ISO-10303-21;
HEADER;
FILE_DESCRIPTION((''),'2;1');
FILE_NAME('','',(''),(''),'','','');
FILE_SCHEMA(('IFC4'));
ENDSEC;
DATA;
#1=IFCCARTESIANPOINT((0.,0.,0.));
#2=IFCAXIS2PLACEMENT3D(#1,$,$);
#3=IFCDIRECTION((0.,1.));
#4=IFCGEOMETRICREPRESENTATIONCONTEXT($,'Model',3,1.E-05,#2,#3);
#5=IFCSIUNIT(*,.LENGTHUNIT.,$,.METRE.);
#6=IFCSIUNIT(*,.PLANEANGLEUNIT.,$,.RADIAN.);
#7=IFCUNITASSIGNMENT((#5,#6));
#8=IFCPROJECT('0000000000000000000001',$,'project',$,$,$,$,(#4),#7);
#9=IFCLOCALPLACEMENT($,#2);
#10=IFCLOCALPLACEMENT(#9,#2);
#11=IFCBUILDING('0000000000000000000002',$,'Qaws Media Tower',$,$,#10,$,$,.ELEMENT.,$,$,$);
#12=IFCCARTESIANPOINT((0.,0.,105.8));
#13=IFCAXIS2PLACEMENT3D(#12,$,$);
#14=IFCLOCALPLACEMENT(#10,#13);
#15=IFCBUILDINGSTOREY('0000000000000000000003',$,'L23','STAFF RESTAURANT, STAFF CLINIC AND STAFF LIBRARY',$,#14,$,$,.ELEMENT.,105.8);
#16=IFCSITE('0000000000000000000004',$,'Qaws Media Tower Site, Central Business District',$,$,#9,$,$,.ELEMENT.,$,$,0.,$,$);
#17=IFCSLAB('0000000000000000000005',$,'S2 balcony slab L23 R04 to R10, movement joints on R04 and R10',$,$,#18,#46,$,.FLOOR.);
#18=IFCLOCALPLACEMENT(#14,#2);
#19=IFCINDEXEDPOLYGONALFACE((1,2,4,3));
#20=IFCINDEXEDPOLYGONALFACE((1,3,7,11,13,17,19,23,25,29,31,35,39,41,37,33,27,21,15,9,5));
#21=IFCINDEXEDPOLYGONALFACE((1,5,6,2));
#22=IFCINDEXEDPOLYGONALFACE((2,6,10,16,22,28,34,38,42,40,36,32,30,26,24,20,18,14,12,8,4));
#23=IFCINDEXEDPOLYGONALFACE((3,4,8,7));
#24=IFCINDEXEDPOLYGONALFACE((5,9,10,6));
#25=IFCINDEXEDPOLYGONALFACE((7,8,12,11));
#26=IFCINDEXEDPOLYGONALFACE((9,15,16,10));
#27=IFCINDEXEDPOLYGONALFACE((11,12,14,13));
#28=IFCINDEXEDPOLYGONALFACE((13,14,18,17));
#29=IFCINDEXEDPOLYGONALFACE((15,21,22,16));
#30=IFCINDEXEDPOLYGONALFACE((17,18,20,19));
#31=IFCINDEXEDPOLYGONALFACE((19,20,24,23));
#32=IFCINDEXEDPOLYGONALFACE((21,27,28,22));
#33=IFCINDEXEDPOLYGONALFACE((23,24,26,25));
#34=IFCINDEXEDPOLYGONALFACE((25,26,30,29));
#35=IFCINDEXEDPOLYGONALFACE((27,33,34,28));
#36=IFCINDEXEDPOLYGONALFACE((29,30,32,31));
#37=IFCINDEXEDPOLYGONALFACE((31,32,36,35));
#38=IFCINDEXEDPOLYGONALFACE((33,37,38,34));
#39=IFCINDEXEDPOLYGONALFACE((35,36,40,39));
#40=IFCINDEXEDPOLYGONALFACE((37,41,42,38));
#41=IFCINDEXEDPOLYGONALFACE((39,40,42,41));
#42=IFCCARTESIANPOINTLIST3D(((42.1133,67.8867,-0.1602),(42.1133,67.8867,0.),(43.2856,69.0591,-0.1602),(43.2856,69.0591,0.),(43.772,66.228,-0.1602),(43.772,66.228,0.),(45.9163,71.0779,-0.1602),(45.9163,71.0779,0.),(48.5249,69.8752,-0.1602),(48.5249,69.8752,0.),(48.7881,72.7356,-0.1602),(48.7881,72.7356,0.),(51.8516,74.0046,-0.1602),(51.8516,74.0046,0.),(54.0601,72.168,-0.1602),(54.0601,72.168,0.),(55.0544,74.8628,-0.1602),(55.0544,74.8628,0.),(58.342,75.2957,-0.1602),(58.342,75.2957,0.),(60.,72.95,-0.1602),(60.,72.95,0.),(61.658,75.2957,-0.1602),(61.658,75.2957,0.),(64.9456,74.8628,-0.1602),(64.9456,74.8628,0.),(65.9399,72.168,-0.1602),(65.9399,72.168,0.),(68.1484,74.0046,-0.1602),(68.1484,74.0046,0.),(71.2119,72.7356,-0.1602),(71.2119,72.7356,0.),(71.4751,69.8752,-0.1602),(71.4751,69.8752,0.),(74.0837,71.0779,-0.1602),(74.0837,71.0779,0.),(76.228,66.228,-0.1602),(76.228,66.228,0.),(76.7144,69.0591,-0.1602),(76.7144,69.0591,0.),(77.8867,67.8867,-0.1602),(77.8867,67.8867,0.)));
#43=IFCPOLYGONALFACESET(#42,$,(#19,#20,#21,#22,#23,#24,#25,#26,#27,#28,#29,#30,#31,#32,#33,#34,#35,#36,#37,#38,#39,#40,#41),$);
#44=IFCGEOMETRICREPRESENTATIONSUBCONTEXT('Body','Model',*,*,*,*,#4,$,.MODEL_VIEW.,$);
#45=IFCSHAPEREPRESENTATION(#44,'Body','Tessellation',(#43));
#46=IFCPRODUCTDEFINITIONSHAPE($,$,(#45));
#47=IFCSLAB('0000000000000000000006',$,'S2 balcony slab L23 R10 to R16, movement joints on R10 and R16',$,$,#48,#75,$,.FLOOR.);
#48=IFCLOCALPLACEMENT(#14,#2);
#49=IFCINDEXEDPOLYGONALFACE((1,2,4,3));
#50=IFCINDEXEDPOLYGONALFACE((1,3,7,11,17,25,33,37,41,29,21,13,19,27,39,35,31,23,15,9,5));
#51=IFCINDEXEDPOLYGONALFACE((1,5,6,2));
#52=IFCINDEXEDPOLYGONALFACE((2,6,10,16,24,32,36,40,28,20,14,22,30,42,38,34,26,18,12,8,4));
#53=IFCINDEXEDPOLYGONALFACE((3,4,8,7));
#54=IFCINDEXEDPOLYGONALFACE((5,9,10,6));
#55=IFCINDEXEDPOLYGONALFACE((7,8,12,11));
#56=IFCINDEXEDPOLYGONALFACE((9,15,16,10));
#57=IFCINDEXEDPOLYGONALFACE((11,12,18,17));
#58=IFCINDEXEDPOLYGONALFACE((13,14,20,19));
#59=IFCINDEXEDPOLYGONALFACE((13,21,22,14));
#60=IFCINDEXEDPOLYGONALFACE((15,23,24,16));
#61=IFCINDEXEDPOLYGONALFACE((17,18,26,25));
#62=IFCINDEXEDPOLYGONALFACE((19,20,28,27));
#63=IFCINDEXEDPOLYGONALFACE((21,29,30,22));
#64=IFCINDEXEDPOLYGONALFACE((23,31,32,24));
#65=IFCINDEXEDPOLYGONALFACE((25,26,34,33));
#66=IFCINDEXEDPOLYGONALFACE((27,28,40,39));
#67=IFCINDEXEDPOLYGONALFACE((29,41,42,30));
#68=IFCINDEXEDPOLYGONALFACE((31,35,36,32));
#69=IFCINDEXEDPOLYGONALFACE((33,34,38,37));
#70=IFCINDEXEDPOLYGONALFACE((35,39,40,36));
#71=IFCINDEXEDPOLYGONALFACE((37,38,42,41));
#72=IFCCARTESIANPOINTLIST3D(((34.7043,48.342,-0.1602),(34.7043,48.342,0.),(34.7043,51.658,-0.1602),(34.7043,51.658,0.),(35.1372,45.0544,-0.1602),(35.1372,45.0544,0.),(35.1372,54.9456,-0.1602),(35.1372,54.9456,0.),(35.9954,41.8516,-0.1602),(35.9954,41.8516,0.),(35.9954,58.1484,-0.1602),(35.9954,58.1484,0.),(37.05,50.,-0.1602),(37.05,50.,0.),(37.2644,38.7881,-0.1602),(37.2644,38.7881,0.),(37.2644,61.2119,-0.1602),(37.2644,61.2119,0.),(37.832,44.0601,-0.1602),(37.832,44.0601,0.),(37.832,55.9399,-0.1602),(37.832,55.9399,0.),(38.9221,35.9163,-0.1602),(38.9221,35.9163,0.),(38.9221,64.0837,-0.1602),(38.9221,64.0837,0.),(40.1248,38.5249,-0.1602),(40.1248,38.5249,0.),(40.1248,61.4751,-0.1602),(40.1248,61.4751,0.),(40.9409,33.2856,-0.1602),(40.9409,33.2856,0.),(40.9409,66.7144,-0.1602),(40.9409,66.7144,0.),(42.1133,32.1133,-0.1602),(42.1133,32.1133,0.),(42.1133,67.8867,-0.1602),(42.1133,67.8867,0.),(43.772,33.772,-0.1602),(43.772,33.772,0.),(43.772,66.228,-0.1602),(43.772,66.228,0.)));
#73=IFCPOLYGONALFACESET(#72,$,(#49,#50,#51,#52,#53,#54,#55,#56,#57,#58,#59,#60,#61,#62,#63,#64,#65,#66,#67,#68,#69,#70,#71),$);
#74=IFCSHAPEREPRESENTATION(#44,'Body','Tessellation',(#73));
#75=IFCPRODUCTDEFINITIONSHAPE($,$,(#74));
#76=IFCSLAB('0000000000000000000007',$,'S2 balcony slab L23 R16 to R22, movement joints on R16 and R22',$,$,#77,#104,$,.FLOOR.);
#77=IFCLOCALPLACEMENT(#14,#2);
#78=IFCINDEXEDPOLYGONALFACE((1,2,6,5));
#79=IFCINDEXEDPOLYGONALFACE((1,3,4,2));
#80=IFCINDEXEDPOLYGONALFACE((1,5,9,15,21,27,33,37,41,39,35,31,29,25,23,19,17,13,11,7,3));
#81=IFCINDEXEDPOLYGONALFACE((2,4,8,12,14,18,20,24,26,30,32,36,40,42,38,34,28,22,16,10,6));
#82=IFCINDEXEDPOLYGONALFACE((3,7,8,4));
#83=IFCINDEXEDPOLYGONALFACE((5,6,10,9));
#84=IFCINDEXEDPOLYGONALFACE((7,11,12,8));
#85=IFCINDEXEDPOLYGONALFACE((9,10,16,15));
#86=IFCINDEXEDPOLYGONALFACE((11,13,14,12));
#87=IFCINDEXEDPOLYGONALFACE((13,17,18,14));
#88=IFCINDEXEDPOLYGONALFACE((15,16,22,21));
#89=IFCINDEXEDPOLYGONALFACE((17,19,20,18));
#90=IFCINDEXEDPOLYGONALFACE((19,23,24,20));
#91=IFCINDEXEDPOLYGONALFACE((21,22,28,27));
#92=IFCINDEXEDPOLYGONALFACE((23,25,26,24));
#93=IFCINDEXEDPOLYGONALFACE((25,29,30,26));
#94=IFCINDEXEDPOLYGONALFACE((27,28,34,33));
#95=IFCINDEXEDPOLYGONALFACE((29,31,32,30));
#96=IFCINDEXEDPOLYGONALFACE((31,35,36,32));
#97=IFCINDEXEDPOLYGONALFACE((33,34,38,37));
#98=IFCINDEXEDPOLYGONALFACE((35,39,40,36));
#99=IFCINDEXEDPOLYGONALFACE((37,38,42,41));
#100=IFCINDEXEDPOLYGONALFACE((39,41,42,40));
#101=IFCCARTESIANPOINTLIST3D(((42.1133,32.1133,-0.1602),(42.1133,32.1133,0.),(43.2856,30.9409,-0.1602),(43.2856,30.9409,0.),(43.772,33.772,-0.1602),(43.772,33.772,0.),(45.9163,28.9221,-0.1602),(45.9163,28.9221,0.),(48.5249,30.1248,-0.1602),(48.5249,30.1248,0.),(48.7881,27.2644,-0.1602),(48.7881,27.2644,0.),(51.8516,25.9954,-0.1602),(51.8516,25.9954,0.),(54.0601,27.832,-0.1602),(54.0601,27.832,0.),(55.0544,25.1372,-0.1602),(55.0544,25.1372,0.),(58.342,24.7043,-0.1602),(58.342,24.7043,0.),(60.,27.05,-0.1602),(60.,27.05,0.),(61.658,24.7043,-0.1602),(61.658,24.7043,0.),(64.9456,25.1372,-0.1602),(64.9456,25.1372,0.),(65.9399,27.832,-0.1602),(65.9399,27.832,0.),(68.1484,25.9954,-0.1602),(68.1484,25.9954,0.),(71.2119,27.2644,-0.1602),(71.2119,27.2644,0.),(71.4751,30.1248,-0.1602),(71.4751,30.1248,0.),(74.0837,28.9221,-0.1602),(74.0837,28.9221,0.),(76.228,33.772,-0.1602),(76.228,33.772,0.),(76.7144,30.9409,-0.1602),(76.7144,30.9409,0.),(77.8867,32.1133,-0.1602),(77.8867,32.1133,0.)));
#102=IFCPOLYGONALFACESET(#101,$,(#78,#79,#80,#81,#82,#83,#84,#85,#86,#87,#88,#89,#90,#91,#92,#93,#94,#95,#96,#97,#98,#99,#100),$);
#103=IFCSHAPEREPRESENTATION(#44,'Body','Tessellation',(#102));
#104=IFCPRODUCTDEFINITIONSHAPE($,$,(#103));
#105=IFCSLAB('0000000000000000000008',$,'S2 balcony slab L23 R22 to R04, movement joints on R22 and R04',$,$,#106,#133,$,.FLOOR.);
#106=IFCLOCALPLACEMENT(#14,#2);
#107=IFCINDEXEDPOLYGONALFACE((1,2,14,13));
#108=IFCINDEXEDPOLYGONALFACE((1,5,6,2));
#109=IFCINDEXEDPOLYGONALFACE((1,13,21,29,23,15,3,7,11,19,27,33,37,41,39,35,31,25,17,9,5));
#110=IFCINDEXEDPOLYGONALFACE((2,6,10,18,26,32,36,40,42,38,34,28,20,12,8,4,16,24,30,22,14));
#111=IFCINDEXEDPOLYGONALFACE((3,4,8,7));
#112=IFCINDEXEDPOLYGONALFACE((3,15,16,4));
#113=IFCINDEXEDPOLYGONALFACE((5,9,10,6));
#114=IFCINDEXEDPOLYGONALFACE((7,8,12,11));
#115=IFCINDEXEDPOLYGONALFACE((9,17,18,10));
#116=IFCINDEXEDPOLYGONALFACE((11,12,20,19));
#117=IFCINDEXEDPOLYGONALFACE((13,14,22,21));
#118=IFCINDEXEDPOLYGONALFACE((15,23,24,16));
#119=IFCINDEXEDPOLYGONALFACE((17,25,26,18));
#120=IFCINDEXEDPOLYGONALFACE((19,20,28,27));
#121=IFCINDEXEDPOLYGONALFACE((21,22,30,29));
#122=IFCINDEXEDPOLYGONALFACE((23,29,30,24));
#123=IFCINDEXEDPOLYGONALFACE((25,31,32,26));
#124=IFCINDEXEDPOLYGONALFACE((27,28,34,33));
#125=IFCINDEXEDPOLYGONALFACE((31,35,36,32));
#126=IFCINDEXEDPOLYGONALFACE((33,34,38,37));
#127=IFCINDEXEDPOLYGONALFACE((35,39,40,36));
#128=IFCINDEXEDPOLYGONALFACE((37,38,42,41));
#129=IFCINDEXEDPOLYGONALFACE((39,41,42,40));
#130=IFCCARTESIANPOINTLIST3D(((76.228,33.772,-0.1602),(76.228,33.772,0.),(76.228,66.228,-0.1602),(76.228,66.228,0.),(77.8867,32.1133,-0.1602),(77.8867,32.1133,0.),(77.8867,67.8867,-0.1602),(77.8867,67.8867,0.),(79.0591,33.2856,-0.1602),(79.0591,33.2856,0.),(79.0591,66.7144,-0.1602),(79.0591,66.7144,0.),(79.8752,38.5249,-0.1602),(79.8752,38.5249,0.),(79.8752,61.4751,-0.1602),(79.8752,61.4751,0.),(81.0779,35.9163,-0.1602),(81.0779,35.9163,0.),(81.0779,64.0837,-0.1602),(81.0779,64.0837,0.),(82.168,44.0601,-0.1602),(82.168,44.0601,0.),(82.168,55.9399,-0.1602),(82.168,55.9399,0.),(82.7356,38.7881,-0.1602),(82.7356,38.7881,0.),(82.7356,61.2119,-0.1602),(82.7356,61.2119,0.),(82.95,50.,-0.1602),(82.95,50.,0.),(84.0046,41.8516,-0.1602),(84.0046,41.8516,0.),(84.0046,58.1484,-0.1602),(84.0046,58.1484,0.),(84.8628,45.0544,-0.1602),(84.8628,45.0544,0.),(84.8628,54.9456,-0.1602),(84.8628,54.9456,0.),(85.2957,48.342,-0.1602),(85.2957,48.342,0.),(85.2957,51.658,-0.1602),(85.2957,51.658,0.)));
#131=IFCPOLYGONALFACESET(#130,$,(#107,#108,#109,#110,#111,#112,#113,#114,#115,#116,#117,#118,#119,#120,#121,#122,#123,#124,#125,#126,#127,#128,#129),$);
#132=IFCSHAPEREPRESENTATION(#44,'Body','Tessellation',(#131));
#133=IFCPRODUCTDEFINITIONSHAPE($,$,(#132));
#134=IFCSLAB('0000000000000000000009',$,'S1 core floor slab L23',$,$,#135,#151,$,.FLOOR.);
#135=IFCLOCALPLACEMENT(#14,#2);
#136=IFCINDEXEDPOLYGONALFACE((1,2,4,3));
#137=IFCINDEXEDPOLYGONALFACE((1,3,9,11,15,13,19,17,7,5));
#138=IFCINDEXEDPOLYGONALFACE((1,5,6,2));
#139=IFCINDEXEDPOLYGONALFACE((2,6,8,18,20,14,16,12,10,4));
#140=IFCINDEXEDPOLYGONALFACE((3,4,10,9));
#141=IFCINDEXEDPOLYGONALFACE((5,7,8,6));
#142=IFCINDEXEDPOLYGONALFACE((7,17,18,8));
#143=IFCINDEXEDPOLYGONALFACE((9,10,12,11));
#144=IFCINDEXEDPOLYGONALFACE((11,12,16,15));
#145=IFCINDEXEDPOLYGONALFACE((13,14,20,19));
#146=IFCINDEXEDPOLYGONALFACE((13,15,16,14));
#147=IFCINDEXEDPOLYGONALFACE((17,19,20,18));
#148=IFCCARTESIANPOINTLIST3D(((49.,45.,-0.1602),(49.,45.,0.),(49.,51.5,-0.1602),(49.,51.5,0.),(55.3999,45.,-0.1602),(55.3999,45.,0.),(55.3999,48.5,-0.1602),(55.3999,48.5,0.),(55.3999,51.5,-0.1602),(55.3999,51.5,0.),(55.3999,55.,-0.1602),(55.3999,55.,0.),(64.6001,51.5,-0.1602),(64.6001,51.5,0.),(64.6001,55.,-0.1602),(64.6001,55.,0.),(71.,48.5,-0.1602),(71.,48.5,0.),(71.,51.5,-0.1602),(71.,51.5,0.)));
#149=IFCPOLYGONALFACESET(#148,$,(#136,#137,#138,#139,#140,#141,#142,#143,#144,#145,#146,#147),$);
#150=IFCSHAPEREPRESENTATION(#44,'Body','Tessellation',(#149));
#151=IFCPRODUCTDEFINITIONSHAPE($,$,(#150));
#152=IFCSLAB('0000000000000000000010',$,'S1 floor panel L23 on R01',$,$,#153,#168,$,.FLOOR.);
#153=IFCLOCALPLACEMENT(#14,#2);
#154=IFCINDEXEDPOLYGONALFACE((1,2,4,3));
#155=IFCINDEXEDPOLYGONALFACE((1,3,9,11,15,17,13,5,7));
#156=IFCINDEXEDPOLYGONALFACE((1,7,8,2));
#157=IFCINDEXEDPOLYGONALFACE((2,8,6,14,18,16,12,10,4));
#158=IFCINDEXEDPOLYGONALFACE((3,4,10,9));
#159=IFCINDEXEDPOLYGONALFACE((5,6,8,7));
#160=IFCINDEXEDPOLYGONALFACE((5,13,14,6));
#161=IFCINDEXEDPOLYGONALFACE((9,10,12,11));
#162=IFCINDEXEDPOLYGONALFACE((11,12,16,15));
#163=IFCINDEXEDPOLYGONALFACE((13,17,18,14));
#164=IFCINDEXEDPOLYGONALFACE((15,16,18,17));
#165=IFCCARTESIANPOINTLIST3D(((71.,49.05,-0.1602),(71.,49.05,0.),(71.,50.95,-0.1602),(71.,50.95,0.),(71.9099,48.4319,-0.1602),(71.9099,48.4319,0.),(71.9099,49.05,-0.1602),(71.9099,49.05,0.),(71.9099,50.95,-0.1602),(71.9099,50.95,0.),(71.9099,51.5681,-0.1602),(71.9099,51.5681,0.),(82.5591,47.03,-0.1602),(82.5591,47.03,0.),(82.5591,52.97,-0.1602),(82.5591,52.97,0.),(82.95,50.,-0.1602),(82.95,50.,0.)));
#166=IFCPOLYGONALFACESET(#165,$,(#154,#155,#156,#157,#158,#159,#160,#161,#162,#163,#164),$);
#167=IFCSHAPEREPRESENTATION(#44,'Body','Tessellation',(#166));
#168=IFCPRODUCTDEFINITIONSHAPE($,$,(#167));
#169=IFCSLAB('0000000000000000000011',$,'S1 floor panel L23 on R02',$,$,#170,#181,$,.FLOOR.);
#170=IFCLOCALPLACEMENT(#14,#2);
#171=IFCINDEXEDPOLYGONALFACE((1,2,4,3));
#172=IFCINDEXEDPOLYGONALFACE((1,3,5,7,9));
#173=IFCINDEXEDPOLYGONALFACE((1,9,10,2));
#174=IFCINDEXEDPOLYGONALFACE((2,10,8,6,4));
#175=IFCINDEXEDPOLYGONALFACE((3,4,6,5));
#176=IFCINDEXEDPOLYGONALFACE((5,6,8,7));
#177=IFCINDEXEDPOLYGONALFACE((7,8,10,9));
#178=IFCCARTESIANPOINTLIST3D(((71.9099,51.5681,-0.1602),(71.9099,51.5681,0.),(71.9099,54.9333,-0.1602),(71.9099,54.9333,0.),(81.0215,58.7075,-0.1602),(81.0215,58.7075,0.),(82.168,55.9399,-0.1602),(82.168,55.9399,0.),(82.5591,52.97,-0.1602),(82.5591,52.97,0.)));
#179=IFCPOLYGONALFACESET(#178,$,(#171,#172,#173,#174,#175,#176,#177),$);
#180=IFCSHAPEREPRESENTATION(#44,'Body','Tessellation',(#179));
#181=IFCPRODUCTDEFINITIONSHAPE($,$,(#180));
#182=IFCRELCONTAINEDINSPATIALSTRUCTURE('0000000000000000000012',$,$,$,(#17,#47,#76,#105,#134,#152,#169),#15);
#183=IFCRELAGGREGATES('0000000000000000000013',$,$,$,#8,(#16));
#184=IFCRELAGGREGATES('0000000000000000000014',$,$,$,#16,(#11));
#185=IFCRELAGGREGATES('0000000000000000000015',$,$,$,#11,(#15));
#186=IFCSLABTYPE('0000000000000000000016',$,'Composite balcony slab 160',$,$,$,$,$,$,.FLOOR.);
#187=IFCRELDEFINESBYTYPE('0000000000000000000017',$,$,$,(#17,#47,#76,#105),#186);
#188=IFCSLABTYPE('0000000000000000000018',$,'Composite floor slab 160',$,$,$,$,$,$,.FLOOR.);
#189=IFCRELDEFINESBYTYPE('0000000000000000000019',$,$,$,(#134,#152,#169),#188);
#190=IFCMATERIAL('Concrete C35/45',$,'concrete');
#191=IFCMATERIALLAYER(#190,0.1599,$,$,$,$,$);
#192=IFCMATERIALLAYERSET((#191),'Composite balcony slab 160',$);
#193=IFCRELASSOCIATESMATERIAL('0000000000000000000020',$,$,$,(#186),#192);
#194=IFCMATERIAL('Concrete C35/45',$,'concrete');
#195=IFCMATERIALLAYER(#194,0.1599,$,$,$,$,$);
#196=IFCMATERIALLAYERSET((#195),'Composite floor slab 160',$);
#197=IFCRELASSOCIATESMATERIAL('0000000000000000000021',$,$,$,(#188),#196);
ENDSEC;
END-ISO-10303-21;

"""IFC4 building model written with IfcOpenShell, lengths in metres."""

from ifc_helpers import new_model, si_unit, direction, frame, origin, place, context, subcontext, project, spatial, polyline, outline, extrude, material, layer, layer_set, type_object, element, save


model = new_model("IFC4")

# Units and contexts
model_context = context("Model", 3, precision=1e-05, world=origin(), true_north=direction((0.0, 1.0)))
body_context = subcontext(model_context, "Body", "Model", "MODEL_VIEW")
ifc_project = project(units=[si_unit("LENGTHUNIT", "METRE"), si_unit("PLANEANGLEUNIT", "RADIAN")], contexts=[model_context])

# Site, building, storey
site_placement = place(None, origin())
site = spatial("IfcSite", under=ifc_project, at=site_placement, Name="Qaws Media Tower Site, Central Business District", CompositionType="ELEMENT", RefElevation=0.0)
building_placement = place(site_placement, origin())
building = spatial("IfcBuilding", under=site, at=building_placement, Name="Qaws Media Tower", CompositionType="ELEMENT")
storey_placement = place(building_placement, frame((0.0, 0.0, 105.8)))
storey = spatial("IfcBuildingStorey", under=building, at=storey_placement, Name="L23", Description="STAFF RESTAURANT, STAFF CLINIC AND STAFF LIBRARY", CompositionType="ELEMENT", Elevation=105.8)

# Slabs
ifc_material_1 = material(Name="Concrete C35/45", Category="concrete")
ifc_layer_1 = layer(ifc_material_1, 0.1599)
ifc_layer_set_1 = layer_set([ifc_layer_1], Name="Composite balcony slab 160")
slab_type_1 = type_object("IfcSlabType", Name="Composite balcony slab 160", PredefinedType="FLOOR", material=ifc_layer_set_1)
slab_1_placement = place(storey_placement, frame((0.0, 0.0, -0.1602)))
element("IfcSlab", 1, at=slab_1_placement, inside=storey, type_object=slab_type_1, Name="S2 balcony slab L23 R04 to R10, movement joints on R04 and R10", PredefinedType="FLOOR", context=body_context, shape_type="SweptSolid", body=[
    extrude(outline(polyline([(43.2856, 69.0591), (45.9163, 71.0779), (48.7881, 72.7356), (51.8516, 74.0046), (55.0544, 74.8628), (58.342, 75.2957), (61.658, 75.2957), (64.9456, 74.8628), (68.1484, 74.0046), (71.2119, 72.7356), (74.0837, 71.0779), (76.7144, 69.0591), (77.8867, 67.8867), (76.228, 66.228), (71.4751, 69.8752), (65.9399, 72.168), (60.0, 72.95), (54.0601, 72.168), (48.5249, 69.8752), (43.772, 66.228), (42.1133, 67.8867), (43.2856, 69.0591)])), origin(), (0.0, 0.0, 1.0), 0.1602),
])
slab_2_placement = place(storey_placement, frame((0.0, 0.0, -0.1602)))
element("IfcSlab", 2, at=slab_2_placement, inside=storey, type_object=slab_type_1, Name="S2 balcony slab L23 R10 to R16, movement joints on R10 and R16", PredefinedType="FLOOR", context=body_context, shape_type="SweptSolid", body=[
    extrude(outline(polyline([(40.9409, 33.2856), (38.9221, 35.9163), (37.2644, 38.7881), (35.9954, 41.8516), (35.1372, 45.0544), (34.7043, 48.342), (34.7043, 51.658), (35.1372, 54.9456), (35.9954, 58.1484), (37.2644, 61.2119), (38.9221, 64.0837), (40.9409, 66.7144), (42.1133, 67.8867), (43.772, 66.228), (40.1248, 61.4751), (37.832, 55.9399), (37.05, 50.0), (37.832, 44.0601), (40.1248, 38.5249), (43.772, 33.772), (42.1133, 32.1133), (40.9409, 33.2856)])), origin(), (0.0, 0.0, 1.0), 0.1602),
])
slab_3_placement = place(storey_placement, frame((0.0, 0.0, -0.1602)))
element("IfcSlab", 3, at=slab_3_placement, inside=storey, type_object=slab_type_1, Name="S2 balcony slab L23 R16 to R22, movement joints on R16 and R22", PredefinedType="FLOOR", context=body_context, shape_type="SweptSolid", body=[
    extrude(outline(polyline([(76.7144, 30.9409), (74.0837, 28.9221), (71.2119, 27.2644), (68.1484, 25.9954), (64.9456, 25.1372), (61.658, 24.7043), (58.342, 24.7043), (55.0544, 25.1372), (51.8516, 25.9954), (48.7881, 27.2644), (45.9163, 28.9221), (43.2856, 30.9409), (42.1133, 32.1133), (43.772, 33.772), (48.5249, 30.1248), (54.0601, 27.832), (60.0, 27.05), (65.9399, 27.832), (71.4751, 30.1248), (76.228, 33.772), (77.8867, 32.1133), (76.7144, 30.9409)])), origin(), (0.0, 0.0, 1.0), 0.1602),
])
slab_4_placement = place(storey_placement, frame((0.0, 0.0, -0.1602)))
element("IfcSlab", 4, at=slab_4_placement, inside=storey, type_object=slab_type_1, Name="S2 balcony slab L23 R22 to R04, movement joints on R22 and R04", PredefinedType="FLOOR", context=body_context, shape_type="SweptSolid", body=[
    extrude(outline(polyline([(84.8628, 45.0544), (84.0046, 41.8516), (82.7356, 38.7881), (81.0779, 35.9163), (79.0591, 33.2856), (77.8867, 32.1133), (76.228, 33.772), (79.8752, 38.5249), (82.168, 44.0601), (82.95, 50.0), (82.168, 55.9399), (79.8752, 61.4751), (76.228, 66.228), (77.8867, 67.8867), (79.0591, 66.7144), (81.0779, 64.0837), (82.7356, 61.2119), (84.0046, 58.1484), (84.8628, 54.9456), (85.2957, 51.658), (85.2957, 48.342), (84.8628, 45.0544)])), origin(), (0.0, 0.0, 1.0), 0.1602),
])
ifc_material_2 = material(Name="Concrete C35/45", Category="concrete")
ifc_layer_2 = layer(ifc_material_2, 0.1599)
ifc_layer_set_2 = layer_set([ifc_layer_2], Name="Composite floor slab 160")
slab_type_2 = type_object("IfcSlabType", Name="Composite floor slab 160", PredefinedType="FLOOR", material=ifc_layer_set_2)
slab_5_placement = place(storey_placement, frame((0.0, 0.0, -0.1602)))
element("IfcSlab", 5, at=slab_5_placement, inside=storey, type_object=slab_type_2, Name="S1 core floor slab L23", PredefinedType="FLOOR", context=body_context, shape_type="SweptSolid", body=[
    extrude(outline(polyline([(71.0, 51.5), (71.0, 48.5), (55.3999, 48.5), (55.3999, 45.0), (49.0, 45.0), (49.0, 51.5), (55.3999, 51.5), (55.3999, 55.0), (64.6001, 55.0), (64.6001, 51.5), (71.0, 51.5)])), origin(), (0.0, 0.0, 1.0), 0.1602),
])
slab_6_placement = place(storey_placement, frame((0.0, 0.0, -0.1602)))
element("IfcSlab", 6, at=slab_6_placement, inside=storey, type_object=slab_type_2, Name="S1 floor panel L23 on R01", PredefinedType="FLOOR", context=body_context, shape_type="SweptSolid", body=[
    extrude(outline(polyline([(82.95, 50.0), (82.5591, 47.03), (71.9099, 48.4319), (71.9099, 49.05), (71.0, 49.05), (71.0, 50.95), (71.9099, 50.95), (71.9099, 51.5681), (82.5591, 52.97), (82.95, 50.0)])), origin(), (0.0, 0.0, 1.0), 0.1602),
])
slab_7_placement = place(storey_placement, frame((0.0, 0.0, -0.1602)))
element("IfcSlab", 7, at=slab_7_placement, inside=storey, type_object=slab_type_2, Name="S1 floor panel L23 on R02", PredefinedType="FLOOR", context=body_context, shape_type="SweptSolid", body=[
    extrude(outline(polyline([(82.168, 55.9399), (82.5591, 52.97), (71.9099, 51.5681), (71.9099, 54.9333), (81.0215, 58.7075), (82.168, 55.9399)])), origin(), (0.0, 0.0, 1.0), 0.1602),
])

save(model, "model.ifc")
